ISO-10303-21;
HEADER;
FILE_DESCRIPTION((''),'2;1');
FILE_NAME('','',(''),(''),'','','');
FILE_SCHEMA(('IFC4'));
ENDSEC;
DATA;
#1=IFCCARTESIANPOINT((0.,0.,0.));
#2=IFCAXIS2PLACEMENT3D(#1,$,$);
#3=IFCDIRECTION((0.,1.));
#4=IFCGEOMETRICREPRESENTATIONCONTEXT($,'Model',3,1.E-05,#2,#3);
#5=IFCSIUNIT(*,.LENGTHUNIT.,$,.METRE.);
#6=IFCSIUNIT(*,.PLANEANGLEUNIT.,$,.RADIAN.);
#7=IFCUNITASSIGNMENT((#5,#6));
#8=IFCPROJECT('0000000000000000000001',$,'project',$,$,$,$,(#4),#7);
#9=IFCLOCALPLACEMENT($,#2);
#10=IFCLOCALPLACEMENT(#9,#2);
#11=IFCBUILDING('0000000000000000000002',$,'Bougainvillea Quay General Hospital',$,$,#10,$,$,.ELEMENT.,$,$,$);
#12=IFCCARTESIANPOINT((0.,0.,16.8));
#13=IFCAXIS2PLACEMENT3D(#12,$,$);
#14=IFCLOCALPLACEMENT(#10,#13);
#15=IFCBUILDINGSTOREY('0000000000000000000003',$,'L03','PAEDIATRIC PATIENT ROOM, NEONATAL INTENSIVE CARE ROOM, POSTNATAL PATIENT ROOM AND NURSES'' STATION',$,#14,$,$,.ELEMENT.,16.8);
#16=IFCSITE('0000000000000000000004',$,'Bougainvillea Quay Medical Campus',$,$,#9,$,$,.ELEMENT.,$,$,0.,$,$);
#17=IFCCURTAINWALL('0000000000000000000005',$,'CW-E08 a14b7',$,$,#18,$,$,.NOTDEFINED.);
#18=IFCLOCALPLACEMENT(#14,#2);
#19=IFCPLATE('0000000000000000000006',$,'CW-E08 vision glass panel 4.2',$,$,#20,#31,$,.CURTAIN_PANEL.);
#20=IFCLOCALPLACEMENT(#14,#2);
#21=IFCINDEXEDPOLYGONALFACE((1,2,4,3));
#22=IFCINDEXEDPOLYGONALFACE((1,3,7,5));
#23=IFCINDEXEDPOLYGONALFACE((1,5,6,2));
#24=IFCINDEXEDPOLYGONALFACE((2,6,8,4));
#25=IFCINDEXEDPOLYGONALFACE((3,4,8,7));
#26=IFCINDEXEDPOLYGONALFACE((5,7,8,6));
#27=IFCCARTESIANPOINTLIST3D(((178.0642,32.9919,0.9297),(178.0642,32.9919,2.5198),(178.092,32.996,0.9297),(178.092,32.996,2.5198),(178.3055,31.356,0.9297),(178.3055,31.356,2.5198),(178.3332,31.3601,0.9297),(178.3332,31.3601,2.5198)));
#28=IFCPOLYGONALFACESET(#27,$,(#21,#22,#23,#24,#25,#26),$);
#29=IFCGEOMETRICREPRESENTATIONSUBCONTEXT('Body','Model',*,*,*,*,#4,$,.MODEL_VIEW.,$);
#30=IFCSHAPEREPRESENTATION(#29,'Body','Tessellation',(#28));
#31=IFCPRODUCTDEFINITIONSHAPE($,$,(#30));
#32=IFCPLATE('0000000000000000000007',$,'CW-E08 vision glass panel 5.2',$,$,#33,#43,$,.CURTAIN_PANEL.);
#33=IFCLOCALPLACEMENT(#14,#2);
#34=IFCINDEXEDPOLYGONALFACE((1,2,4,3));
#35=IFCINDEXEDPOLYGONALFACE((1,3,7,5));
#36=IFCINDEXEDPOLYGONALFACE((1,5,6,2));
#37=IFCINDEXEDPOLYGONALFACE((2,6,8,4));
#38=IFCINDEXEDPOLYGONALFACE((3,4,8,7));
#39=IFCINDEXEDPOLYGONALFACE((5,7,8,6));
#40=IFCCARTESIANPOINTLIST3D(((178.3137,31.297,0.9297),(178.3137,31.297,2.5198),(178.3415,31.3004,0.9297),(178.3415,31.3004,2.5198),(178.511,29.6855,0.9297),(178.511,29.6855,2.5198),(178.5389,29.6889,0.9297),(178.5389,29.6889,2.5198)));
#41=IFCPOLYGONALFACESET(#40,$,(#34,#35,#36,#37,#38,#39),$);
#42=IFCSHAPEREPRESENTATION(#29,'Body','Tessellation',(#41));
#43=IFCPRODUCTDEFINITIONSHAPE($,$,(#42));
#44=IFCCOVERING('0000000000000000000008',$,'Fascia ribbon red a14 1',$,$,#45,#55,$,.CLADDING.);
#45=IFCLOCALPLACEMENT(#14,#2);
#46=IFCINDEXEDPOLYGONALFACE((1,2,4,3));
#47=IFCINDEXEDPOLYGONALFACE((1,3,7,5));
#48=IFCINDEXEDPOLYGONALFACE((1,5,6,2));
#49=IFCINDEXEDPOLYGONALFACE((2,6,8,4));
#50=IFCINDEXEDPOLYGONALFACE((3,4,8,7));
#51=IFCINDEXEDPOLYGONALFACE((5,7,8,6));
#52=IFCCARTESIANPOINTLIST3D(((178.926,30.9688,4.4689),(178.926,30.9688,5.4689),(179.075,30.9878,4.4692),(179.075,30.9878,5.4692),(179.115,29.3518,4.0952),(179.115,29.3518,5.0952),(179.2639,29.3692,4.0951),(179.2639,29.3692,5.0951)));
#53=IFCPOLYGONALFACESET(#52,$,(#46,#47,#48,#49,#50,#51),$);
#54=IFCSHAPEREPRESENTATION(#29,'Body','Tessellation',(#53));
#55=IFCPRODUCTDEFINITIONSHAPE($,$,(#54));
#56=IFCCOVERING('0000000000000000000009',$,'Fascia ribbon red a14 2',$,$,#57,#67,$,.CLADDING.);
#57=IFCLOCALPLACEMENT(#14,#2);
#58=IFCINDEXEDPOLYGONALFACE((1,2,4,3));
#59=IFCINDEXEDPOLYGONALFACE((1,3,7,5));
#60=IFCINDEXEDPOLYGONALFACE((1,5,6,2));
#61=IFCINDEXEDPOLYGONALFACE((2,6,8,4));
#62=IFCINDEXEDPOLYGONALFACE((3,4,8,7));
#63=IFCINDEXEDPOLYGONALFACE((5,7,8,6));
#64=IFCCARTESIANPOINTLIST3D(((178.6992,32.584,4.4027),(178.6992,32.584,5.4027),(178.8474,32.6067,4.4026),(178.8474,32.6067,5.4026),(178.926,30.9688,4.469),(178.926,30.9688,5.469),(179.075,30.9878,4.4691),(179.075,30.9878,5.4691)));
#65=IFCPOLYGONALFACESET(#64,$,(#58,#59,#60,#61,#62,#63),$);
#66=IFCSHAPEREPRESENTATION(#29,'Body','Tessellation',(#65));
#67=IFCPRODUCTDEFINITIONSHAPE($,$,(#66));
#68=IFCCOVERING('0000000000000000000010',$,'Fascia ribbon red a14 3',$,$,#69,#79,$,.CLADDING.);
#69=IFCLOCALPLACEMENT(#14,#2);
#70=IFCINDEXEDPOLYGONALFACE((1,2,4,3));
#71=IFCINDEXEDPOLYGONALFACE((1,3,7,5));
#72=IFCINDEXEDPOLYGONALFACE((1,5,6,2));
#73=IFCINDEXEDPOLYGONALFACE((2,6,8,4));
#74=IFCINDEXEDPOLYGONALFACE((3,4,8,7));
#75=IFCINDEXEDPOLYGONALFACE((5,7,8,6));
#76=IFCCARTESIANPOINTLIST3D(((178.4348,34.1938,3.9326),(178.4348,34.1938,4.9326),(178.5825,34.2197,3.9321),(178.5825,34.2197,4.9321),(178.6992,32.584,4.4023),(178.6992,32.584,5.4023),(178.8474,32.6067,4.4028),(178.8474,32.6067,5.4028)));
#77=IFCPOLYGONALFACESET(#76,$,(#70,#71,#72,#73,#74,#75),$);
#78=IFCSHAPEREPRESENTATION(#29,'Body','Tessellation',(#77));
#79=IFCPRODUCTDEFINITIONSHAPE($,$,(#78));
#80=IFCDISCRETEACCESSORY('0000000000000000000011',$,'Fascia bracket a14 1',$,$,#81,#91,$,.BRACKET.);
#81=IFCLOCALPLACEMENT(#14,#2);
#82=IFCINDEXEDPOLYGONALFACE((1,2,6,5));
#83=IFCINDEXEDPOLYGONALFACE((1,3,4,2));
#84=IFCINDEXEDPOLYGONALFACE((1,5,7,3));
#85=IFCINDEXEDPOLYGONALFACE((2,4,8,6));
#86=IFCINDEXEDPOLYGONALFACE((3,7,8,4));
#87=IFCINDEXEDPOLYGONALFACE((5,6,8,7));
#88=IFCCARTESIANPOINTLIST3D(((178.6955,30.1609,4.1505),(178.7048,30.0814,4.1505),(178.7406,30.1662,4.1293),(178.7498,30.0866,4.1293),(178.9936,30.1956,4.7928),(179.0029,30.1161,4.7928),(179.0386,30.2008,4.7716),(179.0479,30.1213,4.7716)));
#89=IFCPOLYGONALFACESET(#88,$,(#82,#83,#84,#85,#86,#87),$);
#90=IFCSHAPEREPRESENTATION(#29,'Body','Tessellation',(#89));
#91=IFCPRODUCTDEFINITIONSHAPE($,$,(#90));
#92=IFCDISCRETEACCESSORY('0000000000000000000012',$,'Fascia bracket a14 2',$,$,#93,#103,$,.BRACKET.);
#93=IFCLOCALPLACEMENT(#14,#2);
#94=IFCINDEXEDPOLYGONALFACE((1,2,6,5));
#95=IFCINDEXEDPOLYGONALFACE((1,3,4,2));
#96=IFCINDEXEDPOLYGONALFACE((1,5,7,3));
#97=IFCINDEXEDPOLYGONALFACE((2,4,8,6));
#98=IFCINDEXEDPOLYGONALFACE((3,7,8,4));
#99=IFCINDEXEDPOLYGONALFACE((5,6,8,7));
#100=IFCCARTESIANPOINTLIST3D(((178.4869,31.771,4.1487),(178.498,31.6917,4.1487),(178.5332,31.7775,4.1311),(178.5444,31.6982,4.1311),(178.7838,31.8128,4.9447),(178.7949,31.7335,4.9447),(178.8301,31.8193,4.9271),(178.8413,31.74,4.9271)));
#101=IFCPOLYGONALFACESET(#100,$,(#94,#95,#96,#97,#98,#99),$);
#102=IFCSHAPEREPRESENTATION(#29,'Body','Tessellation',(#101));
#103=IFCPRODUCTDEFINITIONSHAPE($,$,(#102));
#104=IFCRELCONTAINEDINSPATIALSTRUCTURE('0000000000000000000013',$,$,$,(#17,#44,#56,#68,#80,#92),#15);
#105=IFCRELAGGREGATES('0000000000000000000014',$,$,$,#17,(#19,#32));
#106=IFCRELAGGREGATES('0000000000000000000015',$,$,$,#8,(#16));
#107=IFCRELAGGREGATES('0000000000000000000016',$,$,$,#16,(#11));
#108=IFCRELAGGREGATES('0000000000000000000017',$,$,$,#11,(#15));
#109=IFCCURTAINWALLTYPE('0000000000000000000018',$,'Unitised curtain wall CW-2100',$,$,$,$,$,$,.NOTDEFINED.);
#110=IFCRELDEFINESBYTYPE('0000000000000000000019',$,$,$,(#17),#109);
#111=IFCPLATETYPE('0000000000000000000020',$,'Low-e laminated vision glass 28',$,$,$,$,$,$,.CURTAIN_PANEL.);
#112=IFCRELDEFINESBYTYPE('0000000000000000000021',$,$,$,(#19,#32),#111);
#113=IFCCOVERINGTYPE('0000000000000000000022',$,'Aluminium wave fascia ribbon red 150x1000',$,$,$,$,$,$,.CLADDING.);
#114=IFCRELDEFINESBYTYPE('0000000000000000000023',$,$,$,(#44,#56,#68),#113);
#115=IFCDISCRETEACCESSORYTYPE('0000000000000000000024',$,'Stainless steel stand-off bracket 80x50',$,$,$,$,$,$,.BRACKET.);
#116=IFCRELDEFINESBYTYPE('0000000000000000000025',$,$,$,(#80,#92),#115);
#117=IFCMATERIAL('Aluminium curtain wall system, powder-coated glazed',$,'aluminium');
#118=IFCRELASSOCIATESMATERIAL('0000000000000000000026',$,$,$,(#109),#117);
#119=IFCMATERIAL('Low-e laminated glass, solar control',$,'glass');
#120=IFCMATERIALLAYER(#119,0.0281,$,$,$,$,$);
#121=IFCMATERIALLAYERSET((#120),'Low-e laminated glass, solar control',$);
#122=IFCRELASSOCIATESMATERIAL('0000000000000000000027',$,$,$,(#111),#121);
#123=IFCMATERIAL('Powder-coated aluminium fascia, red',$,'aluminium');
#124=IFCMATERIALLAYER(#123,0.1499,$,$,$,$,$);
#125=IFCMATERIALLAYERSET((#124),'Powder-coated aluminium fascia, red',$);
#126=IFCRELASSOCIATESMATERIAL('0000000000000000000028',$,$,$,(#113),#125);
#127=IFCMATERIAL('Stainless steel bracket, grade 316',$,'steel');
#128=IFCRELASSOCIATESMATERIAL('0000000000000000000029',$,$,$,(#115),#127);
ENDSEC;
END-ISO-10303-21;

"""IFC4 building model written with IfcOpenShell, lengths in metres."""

from ifc_helpers import new_model, si_unit, direction, frame, origin, origin_2d, place, context, subcontext, project, spatial, polyline, rectangle, outline, extrude, material, layer, layer_set, material_profile, profile_set, type_object, element, aggregate, save


model = new_model("IFC4")

# Units and contexts
model_context = context("Model", 3, precision=1e-05, world=origin(), true_north=direction((0.0, 1.0)))
body_context = subcontext(model_context, "Body", "Model", "MODEL_VIEW")
ifc_project = project(units=[si_unit("LENGTHUNIT", "METRE"), si_unit("PLANEANGLEUNIT", "RADIAN")], contexts=[model_context])

# Site, building, storey
site_placement = place(None, origin())
site = spatial("IfcSite", under=ifc_project, at=site_placement, Name="Bougainvillea Quay Medical Campus", CompositionType="ELEMENT", RefElevation=0.0)
building_placement = place(site_placement, origin())
building = spatial("IfcBuilding", under=site, at=building_placement, Name="Bougainvillea Quay General Hospital", CompositionType="ELEMENT")
storey_placement = place(building_placement, frame((0.0, 0.0, 16.8)))
storey = spatial("IfcBuildingStorey", under=building, at=storey_placement, Name="L03", Description="PAEDIATRIC PATIENT ROOM, NEONATAL INTENSIVE CARE ROOM, POSTNATAL PATIENT ROOM AND NURSES' STATION", CompositionType="ELEMENT", Elevation=16.8)

# Shared definitions
ifc_material_1 = material(Name="Aluminium curtain wall system, powder-coated glazed", Category="aluminium")

# Curtain wall
curtain_wall_type_1 = type_object("IfcCurtainWallType", Name="Unitised curtain wall CW-2100", PredefinedType="NOTDEFINED", material=ifc_material_1)
curtain_wall_1_placement = place(storey_placement, origin())
curtain_wall_1 = element("IfcCurtainWall", 1, at=curtain_wall_1_placement, inside=storey, type_object=curtain_wall_type_1, Name="CW-E08 a14b7", PredefinedType="NOTDEFINED")

# Plates
ifc_material_2 = material(Name="Low-e laminated glass, solar control", Category="glass")
ifc_layer_1 = layer(ifc_material_2, 0.0281)
ifc_layer_set_1 = layer_set([ifc_layer_1], Name="Low-e laminated glass, solar control")
plate_type_1 = type_object("IfcPlateType", Name="Low-e laminated vision glass 28", PredefinedType="CURTAIN_PANEL", material=ifc_layer_set_1)
plate_1_placement = place(storey_placement, frame((178.1987, 32.176, 0.9297), z_axis=(0.0, 0.0, 1.0), x_axis=(0.145903, -0.989299, 0.0)))
plate_1 = element("IfcPlate", 2, at=plate_1_placement, type_object=plate_type_1, Name="CW-E08 vision glass panel 4.2", PredefinedType="CURTAIN_PANEL", context=body_context, shape_type="SweptSolid", body=[
    extrude(rectangle(XDim=1.6536, YDim=0.0281, at=origin_2d()), origin(), (0.0, 0.0, 1.0), 1.5901),
])
plate_2_placement = place(storey_placement, frame((178.4263, 30.4929, 0.9297), z_axis=(0.0, 0.0, 1.0), x_axis=(0.121558, -0.992584, 0.0)))
plate_2 = element("IfcPlate", 3, at=plate_2_placement, type_object=plate_type_1, Name="CW-E08 vision glass panel 5.2", PredefinedType="CURTAIN_PANEL", context=body_context, shape_type="SweptSolid", body=[
    extrude(rectangle(XDim=1.6235, YDim=0.0281, at=origin_2d()), origin(), (0.0, 0.0, 1.0), 1.5901),
])
aggregate(curtain_wall_1, [plate_1, plate_2])

# Coverings
ifc_material_3 = material(Name="Powder-coated aluminium fascia, red", Category="aluminium")
ifc_layer_2 = layer(ifc_material_3, 0.1499)
ifc_layer_set_2 = layer_set([ifc_layer_2], Name="Powder-coated aluminium fascia, red")
covering_type = type_object("IfcCoveringType", Name="Aluminium wave fascia ribbon red 150x1000", PredefinedType="CLADDING", material=ifc_layer_set_2)
covering_1_placement = place(storey_placement, frame((179.115, 29.3518, 4.0952), z_axis=(0.026336, -0.222182, 0.974649), x_axis=(-0.113133, 0.968061, 0.223737)))
element("IfcCovering", 4, at=covering_1_placement, inside=storey, type_object=covering_type, Name="Fascia ribbon red a14 1", PredefinedType="CLADDING", context=body_context, shape_type="SweptSolid", body=[
    extrude(outline(polyline([(0.0, 0.0), (1.6703, 0.0), (1.6719, -0.1501), (-0.0001, -0.1499), (0.0, 0.0)])), origin(), (0.223737, 0.000359, 0.974649), 1.0),
])
covering_2_placement = place(storey_placement, frame((178.926, 30.9688, 4.469), z_axis=(-0.005654, 0.040238, 0.999174), x_axis=(-0.138938, 0.989467, -0.040633)))
element("IfcCovering", 5, at=covering_2_placement, inside=storey, type_object=covering_type, Name="Fascia ribbon red a14 2", PredefinedType="CLADDING", context=body_context, shape_type="SweptSolid", body=[
    extrude(outline(polyline([(0.0, 0.0), (1.6324, 0.0), (1.6343, -0.1499), (-0.0018, -0.1501), (0.0, 0.0)])), origin(), (-0.040633, -0.000004, 0.999174), 1.0),
])
covering_3_placement = place(storey_placement, frame((178.6992, 32.584, 4.4023), z_axis=(-0.044831, 0.273041, 0.960957), x_axis=(-0.155741, 0.948253, -0.276697)))
element("IfcCovering", 6, at=covering_3_placement, inside=storey, type_object=covering_type, Name="Fascia ribbon red a14 3", PredefinedType="CLADDING", context=body_context, shape_type="SweptSolid", body=[
    extrude(outline(polyline([(0.0, 0.0), (1.6977, 0.0), (1.6994, -0.1499), (-0.0017, -0.1499), (0.0, 0.0)])), origin(), (-0.276697, 0.000013, 0.960957), 1.0),
])

# Discrete accessories
ifc_material_4 = material(Name="Stainless steel bracket, grade 316", Category="steel")
ifc_material_profile_1 = material_profile(ifc_material_4, rectangle(XDim=0.0801, YDim=0.05, at=origin_2d()))
ifc_profile_set_1 = profile_set([ifc_material_profile_1], Name="Stainless steel bracket, grade 316")
discrete_accessory_type = type_object("IfcDiscreteAccessoryType", Name="Stainless steel stand-off bracket 80x50", PredefinedType="BRACKET", material=ifc_profile_set_1)
discrete_accessory_1_placement = place(storey_placement, frame((178.7227, 30.1238, 4.1399), z_axis=(0.420456, 0.048898, 0.905994), x_axis=(-0.11552, 0.993305, 0.0)))
element("IfcDiscreteAccessory", 7, at=discrete_accessory_1_placement, inside=storey, type_object=discrete_accessory_type, Name="Fascia bracket a14 1", PredefinedType="BRACKET", context=body_context, shape_type="SweptSolid", body=[
    extrude(rectangle(XDim=0.0801, YDim=0.05, at=origin_2d()), origin(), (0.0, 0.0, 1.0), 0.709),
])
discrete_accessory_2_placement = place(storey_placement, frame((178.5156, 31.7346, 4.1399), z_axis=(0.349064, 0.049087, 0.935812), x_axis=(-0.139255, 0.990257, 0.0)))
element("IfcDiscreteAccessory", 8, at=discrete_accessory_2_placement, inside=storey, type_object=discrete_accessory_type, Name="Fascia bracket a14 2", PredefinedType="BRACKET", context=body_context, shape_type="SweptSolid", body=[
    extrude(rectangle(XDim=0.0801, YDim=0.05, at=origin_2d()), origin(), (0.0, 0.0, 1.0), 0.8506),
])

save(model, "model.ifc")
